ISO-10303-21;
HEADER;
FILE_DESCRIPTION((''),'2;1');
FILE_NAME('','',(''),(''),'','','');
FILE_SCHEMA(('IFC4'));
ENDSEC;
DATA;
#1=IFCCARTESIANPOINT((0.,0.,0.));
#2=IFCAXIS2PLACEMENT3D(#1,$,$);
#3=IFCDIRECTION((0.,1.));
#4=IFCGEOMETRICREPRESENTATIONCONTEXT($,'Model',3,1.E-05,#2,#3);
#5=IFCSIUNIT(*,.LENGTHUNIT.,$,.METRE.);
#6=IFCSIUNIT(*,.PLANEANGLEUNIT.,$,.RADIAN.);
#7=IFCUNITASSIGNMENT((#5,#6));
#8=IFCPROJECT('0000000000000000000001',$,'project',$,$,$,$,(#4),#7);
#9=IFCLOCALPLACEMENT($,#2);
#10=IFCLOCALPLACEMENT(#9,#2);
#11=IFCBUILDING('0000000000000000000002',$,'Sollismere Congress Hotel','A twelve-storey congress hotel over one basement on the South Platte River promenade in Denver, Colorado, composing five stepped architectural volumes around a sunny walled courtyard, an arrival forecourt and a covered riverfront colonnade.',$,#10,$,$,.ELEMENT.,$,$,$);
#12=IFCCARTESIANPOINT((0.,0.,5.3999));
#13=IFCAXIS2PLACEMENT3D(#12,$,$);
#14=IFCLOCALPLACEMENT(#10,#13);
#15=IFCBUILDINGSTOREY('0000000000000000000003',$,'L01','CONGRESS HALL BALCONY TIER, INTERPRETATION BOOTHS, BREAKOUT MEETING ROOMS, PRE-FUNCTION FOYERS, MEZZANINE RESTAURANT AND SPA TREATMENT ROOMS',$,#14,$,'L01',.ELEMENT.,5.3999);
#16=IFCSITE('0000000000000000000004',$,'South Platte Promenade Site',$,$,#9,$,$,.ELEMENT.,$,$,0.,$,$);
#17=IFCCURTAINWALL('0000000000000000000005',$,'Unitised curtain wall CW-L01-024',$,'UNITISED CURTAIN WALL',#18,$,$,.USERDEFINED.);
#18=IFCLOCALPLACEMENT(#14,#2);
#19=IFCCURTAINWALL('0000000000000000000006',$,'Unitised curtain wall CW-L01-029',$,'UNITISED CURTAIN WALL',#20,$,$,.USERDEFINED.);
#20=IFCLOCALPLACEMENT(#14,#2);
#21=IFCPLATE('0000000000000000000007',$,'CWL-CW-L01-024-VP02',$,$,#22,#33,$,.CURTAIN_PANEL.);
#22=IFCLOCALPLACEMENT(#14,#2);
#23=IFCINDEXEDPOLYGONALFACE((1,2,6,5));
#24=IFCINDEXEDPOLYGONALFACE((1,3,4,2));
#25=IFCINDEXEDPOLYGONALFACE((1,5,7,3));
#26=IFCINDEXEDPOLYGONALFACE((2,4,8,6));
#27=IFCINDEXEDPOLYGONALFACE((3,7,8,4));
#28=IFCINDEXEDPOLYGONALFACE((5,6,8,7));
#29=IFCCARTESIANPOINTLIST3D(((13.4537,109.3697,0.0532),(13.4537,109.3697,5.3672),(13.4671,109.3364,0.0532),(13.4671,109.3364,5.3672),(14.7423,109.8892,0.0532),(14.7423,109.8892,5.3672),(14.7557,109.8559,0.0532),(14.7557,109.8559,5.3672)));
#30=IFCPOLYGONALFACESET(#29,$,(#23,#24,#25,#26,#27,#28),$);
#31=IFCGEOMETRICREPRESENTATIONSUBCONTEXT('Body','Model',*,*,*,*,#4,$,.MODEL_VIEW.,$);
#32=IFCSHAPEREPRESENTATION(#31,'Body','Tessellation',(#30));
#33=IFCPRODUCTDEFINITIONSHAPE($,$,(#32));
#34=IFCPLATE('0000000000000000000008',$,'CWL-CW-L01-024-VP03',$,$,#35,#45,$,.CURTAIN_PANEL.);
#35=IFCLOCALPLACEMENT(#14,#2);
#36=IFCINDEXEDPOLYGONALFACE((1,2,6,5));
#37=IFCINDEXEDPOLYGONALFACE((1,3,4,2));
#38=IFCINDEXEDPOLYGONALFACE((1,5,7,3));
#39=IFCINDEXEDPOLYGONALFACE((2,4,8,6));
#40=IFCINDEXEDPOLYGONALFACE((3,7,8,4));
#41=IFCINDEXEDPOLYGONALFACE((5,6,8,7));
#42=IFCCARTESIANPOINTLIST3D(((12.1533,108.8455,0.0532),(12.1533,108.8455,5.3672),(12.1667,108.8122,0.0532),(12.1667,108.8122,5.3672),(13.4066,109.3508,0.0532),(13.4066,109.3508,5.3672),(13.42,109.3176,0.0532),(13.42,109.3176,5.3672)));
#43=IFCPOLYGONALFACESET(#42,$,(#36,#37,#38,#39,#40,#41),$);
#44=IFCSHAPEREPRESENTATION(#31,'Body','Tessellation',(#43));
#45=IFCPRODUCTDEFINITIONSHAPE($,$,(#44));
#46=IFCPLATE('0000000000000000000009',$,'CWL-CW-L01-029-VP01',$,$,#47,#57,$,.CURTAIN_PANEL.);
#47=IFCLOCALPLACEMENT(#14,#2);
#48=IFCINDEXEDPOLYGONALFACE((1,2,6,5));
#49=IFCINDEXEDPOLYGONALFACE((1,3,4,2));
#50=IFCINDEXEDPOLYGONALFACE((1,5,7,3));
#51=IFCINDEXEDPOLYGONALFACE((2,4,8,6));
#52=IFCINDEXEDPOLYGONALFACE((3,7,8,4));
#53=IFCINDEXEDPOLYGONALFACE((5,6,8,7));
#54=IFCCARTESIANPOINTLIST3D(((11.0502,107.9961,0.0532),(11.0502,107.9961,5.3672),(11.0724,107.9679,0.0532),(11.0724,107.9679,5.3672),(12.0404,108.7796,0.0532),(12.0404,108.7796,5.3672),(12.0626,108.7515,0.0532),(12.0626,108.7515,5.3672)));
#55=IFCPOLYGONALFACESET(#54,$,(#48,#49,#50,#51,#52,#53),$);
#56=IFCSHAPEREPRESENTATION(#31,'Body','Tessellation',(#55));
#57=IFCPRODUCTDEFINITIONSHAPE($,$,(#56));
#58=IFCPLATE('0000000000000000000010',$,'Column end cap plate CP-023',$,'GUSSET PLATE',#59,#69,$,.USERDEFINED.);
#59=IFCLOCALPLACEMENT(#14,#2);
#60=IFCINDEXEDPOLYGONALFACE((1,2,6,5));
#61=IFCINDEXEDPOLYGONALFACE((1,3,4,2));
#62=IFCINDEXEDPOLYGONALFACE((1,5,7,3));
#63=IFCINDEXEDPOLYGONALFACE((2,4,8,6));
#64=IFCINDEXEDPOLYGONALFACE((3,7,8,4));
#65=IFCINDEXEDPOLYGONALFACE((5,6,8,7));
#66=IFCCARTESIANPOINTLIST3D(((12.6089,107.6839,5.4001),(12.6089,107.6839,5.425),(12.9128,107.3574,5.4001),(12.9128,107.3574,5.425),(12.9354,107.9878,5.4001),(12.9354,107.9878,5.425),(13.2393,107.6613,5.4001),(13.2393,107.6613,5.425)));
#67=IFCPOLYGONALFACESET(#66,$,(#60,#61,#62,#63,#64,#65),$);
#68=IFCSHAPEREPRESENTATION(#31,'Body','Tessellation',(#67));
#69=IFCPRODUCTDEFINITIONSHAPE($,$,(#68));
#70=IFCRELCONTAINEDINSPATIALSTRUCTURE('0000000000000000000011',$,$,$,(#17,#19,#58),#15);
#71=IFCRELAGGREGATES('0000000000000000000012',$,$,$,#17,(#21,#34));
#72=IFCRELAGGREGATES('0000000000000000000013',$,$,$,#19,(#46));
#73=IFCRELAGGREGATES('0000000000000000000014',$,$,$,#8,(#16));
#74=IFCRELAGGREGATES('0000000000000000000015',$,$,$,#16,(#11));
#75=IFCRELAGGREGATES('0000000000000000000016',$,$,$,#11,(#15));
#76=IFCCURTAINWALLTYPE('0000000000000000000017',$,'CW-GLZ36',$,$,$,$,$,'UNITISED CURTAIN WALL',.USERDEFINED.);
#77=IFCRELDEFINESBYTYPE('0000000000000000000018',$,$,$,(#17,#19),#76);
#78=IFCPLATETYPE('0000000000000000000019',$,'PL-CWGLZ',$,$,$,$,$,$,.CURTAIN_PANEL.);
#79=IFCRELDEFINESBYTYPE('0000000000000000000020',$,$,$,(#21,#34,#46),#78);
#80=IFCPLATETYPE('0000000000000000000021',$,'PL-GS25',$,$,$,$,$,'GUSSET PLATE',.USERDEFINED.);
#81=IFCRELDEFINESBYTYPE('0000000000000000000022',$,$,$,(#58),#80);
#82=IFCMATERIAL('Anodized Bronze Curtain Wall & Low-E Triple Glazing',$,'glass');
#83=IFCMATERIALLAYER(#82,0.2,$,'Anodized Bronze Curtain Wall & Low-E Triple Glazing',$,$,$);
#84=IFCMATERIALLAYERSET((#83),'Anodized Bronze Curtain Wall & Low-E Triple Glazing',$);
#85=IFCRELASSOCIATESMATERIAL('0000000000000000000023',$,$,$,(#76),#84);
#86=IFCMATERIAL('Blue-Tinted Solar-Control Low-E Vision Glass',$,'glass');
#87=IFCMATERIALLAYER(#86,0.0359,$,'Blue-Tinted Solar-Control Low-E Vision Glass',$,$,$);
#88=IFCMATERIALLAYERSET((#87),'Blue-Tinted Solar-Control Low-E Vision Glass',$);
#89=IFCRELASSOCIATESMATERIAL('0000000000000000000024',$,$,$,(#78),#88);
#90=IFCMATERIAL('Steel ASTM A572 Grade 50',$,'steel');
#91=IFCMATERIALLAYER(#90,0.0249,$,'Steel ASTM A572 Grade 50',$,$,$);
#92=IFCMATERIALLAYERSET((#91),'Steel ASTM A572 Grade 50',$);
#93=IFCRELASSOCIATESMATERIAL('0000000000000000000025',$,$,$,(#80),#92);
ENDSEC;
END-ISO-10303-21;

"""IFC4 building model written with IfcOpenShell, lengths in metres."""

from ifc_helpers import new_model, si_unit, direction, frame, origin, origin_2d, place, context, subcontext, project, spatial, rectangle, extrude, material, layer, layer_set, type_object, element, aggregate, save


model = new_model("IFC4")

# Units and contexts
model_context = context("Model", 3, precision=1e-05, world=origin(), true_north=direction((0.0, 1.0)))
body_context = subcontext(model_context, "Body", "Model", "MODEL_VIEW")
ifc_project = project(units=[si_unit("LENGTHUNIT", "METRE"), si_unit("PLANEANGLEUNIT", "RADIAN")], contexts=[model_context])

# Site, building, storey
site_placement = place(None, origin())
site = spatial("IfcSite", under=ifc_project, at=site_placement, Name="South Platte Promenade Site", CompositionType="ELEMENT", RefElevation=0.0)
building_placement = place(site_placement, origin())
building = spatial("IfcBuilding", under=site, at=building_placement, Name="Sollismere Congress Hotel", Description="A twelve-storey congress hotel over one basement on the South Platte River promenade in Denver, Colorado, composing five stepped architectural volumes around a sunny walled courtyard, an arrival forecourt and a covered riverfront colonnade.", CompositionType="ELEMENT")
storey_placement = place(building_placement, frame((0.0, 0.0, 5.3999)))
storey = spatial("IfcBuildingStorey", under=building, at=storey_placement, Name="L01", Description="CONGRESS HALL BALCONY TIER, INTERPRETATION BOOTHS, BREAKOUT MEETING ROOMS, PRE-FUNCTION FOYERS, MEZZANINE RESTAURANT AND SPA TREATMENT ROOMS", LongName="L01", CompositionType="ELEMENT", Elevation=5.3999)

# Curtain wall
ifc_material_1 = material(Name="Anodized Bronze Curtain Wall & Low-E Triple Glazing", Category="glass")
ifc_layer_1 = layer(ifc_material_1, 0.2, Name="Anodized Bronze Curtain Wall & Low-E Triple Glazing")
ifc_layer_set_1 = layer_set([ifc_layer_1], Name="Anodized Bronze Curtain Wall & Low-E Triple Glazing")
curtain_wall_type = type_object("IfcCurtainWallType", Name="CW-GLZ36", ElementType="UNITISED CURTAIN WALL", PredefinedType="USERDEFINED", material=ifc_layer_set_1)
curtain_wall_1_placement = place(storey_placement, origin())
curtain_wall_1 = element("IfcCurtainWall", 1, at=curtain_wall_1_placement, inside=storey, type_object=curtain_wall_type, Name="Unitised curtain wall CW-L01-024", ObjectType="UNITISED CURTAIN WALL", PredefinedType="USERDEFINED")

# Curtain wall
curtain_wall_2_placement = place(storey_placement, origin())
curtain_wall_2 = element("IfcCurtainWall", 2, at=curtain_wall_2_placement, inside=storey, type_object=curtain_wall_type, Name="Unitised curtain wall CW-L01-029", ObjectType="UNITISED CURTAIN WALL", PredefinedType="USERDEFINED")

# Plates
ifc_material_2 = material(Name="Blue-Tinted Solar-Control Low-E Vision Glass", Category="glass")
ifc_layer_2 = layer(ifc_material_2, 0.0359, Name="Blue-Tinted Solar-Control Low-E Vision Glass")
ifc_layer_set_2 = layer_set([ifc_layer_2], Name="Blue-Tinted Solar-Control Low-E Vision Glass")
plate_type_1 = type_object("IfcPlateType", Name="PL-CWGLZ", PredefinedType="CURTAIN_PANEL", material=ifc_layer_set_2)
plate_1_placement = place(storey_placement, frame((14.1047, 109.6128, 0.0532), z_axis=(0.0, 0.0, 1.0), x_axis=(-0.927452, -0.373943, 0.0)))
plate_1 = element("IfcPlate", 3, at=plate_1_placement, type_object=plate_type_1, Name="CWL-CW-L01-024-VP02", PredefinedType="CURTAIN_PANEL", context=body_context, shape_type="SweptSolid", body=[
    extrude(rectangle(XDim=1.3894, YDim=0.0359, at=origin_2d()), origin(), (0.0, 0.0, 1.0), 5.314),
])
plate_2_placement = place(storey_placement, frame((12.7866, 109.0815, 0.0532), z_axis=(0.0, 0.0, 1.0), x_axis=(-0.927452, -0.373943, 0.0)))
plate_2 = element("IfcPlate", 4, at=plate_2_placement, type_object=plate_type_1, Name="CWL-CW-L01-024-VP03", PredefinedType="CURTAIN_PANEL", context=body_context, shape_type="SweptSolid", body=[
    extrude(rectangle(XDim=1.3513, YDim=0.0359, at=origin_2d()), origin(), (0.0, 0.0, 1.0), 5.314),
])
aggregate(curtain_wall_1, [plate_1, plate_2])
plate_3_placement = place(storey_placement, frame((11.5564, 108.3738, 0.0532), z_axis=(0.0, 0.0, 1.0), x_axis=(-0.784181, -0.620532, 0.0)))
plate_3 = element("IfcPlate", 5, at=plate_3_placement, type_object=plate_type_1, Name="CWL-CW-L01-029-VP01", PredefinedType="CURTAIN_PANEL", context=body_context, shape_type="SweptSolid", body=[
    extrude(rectangle(XDim=1.2627, YDim=0.0359, at=origin_2d()), origin(), (0.0, 0.0, 1.0), 5.314),
])
aggregate(curtain_wall_2, [plate_3])
ifc_material_3 = material(Name="Steel ASTM A572 Grade 50", Category="steel")
ifc_layer_3 = layer(ifc_material_3, 0.0249, Name="Steel ASTM A572 Grade 50")
ifc_layer_set_3 = layer_set([ifc_layer_3], Name="Steel ASTM A572 Grade 50")
plate_type_2 = type_object("IfcPlateType", Name="PL-GS25", ElementType="GUSSET PLATE", PredefinedType="USERDEFINED", material=ifc_layer_set_3)
plate_4_placement = place(storey_placement, frame((12.9241, 107.6726, 5.4001), z_axis=(0.0, 0.0, 1.0), x_axis=(-0.68136, 0.731949, 0.0)))
element("IfcPlate", 6, at=plate_4_placement, inside=storey, type_object=plate_type_2, Name="Column end cap plate CP-023", ObjectType="GUSSET PLATE", PredefinedType="USERDEFINED", context=body_context, shape_type="SweptSolid", body=[
    extrude(rectangle(XDim=0.446, YDim=0.446, at=origin_2d()), origin(), (0.0, 0.0, 1.0), 0.0249),
])

save(model, "model.ifc")
